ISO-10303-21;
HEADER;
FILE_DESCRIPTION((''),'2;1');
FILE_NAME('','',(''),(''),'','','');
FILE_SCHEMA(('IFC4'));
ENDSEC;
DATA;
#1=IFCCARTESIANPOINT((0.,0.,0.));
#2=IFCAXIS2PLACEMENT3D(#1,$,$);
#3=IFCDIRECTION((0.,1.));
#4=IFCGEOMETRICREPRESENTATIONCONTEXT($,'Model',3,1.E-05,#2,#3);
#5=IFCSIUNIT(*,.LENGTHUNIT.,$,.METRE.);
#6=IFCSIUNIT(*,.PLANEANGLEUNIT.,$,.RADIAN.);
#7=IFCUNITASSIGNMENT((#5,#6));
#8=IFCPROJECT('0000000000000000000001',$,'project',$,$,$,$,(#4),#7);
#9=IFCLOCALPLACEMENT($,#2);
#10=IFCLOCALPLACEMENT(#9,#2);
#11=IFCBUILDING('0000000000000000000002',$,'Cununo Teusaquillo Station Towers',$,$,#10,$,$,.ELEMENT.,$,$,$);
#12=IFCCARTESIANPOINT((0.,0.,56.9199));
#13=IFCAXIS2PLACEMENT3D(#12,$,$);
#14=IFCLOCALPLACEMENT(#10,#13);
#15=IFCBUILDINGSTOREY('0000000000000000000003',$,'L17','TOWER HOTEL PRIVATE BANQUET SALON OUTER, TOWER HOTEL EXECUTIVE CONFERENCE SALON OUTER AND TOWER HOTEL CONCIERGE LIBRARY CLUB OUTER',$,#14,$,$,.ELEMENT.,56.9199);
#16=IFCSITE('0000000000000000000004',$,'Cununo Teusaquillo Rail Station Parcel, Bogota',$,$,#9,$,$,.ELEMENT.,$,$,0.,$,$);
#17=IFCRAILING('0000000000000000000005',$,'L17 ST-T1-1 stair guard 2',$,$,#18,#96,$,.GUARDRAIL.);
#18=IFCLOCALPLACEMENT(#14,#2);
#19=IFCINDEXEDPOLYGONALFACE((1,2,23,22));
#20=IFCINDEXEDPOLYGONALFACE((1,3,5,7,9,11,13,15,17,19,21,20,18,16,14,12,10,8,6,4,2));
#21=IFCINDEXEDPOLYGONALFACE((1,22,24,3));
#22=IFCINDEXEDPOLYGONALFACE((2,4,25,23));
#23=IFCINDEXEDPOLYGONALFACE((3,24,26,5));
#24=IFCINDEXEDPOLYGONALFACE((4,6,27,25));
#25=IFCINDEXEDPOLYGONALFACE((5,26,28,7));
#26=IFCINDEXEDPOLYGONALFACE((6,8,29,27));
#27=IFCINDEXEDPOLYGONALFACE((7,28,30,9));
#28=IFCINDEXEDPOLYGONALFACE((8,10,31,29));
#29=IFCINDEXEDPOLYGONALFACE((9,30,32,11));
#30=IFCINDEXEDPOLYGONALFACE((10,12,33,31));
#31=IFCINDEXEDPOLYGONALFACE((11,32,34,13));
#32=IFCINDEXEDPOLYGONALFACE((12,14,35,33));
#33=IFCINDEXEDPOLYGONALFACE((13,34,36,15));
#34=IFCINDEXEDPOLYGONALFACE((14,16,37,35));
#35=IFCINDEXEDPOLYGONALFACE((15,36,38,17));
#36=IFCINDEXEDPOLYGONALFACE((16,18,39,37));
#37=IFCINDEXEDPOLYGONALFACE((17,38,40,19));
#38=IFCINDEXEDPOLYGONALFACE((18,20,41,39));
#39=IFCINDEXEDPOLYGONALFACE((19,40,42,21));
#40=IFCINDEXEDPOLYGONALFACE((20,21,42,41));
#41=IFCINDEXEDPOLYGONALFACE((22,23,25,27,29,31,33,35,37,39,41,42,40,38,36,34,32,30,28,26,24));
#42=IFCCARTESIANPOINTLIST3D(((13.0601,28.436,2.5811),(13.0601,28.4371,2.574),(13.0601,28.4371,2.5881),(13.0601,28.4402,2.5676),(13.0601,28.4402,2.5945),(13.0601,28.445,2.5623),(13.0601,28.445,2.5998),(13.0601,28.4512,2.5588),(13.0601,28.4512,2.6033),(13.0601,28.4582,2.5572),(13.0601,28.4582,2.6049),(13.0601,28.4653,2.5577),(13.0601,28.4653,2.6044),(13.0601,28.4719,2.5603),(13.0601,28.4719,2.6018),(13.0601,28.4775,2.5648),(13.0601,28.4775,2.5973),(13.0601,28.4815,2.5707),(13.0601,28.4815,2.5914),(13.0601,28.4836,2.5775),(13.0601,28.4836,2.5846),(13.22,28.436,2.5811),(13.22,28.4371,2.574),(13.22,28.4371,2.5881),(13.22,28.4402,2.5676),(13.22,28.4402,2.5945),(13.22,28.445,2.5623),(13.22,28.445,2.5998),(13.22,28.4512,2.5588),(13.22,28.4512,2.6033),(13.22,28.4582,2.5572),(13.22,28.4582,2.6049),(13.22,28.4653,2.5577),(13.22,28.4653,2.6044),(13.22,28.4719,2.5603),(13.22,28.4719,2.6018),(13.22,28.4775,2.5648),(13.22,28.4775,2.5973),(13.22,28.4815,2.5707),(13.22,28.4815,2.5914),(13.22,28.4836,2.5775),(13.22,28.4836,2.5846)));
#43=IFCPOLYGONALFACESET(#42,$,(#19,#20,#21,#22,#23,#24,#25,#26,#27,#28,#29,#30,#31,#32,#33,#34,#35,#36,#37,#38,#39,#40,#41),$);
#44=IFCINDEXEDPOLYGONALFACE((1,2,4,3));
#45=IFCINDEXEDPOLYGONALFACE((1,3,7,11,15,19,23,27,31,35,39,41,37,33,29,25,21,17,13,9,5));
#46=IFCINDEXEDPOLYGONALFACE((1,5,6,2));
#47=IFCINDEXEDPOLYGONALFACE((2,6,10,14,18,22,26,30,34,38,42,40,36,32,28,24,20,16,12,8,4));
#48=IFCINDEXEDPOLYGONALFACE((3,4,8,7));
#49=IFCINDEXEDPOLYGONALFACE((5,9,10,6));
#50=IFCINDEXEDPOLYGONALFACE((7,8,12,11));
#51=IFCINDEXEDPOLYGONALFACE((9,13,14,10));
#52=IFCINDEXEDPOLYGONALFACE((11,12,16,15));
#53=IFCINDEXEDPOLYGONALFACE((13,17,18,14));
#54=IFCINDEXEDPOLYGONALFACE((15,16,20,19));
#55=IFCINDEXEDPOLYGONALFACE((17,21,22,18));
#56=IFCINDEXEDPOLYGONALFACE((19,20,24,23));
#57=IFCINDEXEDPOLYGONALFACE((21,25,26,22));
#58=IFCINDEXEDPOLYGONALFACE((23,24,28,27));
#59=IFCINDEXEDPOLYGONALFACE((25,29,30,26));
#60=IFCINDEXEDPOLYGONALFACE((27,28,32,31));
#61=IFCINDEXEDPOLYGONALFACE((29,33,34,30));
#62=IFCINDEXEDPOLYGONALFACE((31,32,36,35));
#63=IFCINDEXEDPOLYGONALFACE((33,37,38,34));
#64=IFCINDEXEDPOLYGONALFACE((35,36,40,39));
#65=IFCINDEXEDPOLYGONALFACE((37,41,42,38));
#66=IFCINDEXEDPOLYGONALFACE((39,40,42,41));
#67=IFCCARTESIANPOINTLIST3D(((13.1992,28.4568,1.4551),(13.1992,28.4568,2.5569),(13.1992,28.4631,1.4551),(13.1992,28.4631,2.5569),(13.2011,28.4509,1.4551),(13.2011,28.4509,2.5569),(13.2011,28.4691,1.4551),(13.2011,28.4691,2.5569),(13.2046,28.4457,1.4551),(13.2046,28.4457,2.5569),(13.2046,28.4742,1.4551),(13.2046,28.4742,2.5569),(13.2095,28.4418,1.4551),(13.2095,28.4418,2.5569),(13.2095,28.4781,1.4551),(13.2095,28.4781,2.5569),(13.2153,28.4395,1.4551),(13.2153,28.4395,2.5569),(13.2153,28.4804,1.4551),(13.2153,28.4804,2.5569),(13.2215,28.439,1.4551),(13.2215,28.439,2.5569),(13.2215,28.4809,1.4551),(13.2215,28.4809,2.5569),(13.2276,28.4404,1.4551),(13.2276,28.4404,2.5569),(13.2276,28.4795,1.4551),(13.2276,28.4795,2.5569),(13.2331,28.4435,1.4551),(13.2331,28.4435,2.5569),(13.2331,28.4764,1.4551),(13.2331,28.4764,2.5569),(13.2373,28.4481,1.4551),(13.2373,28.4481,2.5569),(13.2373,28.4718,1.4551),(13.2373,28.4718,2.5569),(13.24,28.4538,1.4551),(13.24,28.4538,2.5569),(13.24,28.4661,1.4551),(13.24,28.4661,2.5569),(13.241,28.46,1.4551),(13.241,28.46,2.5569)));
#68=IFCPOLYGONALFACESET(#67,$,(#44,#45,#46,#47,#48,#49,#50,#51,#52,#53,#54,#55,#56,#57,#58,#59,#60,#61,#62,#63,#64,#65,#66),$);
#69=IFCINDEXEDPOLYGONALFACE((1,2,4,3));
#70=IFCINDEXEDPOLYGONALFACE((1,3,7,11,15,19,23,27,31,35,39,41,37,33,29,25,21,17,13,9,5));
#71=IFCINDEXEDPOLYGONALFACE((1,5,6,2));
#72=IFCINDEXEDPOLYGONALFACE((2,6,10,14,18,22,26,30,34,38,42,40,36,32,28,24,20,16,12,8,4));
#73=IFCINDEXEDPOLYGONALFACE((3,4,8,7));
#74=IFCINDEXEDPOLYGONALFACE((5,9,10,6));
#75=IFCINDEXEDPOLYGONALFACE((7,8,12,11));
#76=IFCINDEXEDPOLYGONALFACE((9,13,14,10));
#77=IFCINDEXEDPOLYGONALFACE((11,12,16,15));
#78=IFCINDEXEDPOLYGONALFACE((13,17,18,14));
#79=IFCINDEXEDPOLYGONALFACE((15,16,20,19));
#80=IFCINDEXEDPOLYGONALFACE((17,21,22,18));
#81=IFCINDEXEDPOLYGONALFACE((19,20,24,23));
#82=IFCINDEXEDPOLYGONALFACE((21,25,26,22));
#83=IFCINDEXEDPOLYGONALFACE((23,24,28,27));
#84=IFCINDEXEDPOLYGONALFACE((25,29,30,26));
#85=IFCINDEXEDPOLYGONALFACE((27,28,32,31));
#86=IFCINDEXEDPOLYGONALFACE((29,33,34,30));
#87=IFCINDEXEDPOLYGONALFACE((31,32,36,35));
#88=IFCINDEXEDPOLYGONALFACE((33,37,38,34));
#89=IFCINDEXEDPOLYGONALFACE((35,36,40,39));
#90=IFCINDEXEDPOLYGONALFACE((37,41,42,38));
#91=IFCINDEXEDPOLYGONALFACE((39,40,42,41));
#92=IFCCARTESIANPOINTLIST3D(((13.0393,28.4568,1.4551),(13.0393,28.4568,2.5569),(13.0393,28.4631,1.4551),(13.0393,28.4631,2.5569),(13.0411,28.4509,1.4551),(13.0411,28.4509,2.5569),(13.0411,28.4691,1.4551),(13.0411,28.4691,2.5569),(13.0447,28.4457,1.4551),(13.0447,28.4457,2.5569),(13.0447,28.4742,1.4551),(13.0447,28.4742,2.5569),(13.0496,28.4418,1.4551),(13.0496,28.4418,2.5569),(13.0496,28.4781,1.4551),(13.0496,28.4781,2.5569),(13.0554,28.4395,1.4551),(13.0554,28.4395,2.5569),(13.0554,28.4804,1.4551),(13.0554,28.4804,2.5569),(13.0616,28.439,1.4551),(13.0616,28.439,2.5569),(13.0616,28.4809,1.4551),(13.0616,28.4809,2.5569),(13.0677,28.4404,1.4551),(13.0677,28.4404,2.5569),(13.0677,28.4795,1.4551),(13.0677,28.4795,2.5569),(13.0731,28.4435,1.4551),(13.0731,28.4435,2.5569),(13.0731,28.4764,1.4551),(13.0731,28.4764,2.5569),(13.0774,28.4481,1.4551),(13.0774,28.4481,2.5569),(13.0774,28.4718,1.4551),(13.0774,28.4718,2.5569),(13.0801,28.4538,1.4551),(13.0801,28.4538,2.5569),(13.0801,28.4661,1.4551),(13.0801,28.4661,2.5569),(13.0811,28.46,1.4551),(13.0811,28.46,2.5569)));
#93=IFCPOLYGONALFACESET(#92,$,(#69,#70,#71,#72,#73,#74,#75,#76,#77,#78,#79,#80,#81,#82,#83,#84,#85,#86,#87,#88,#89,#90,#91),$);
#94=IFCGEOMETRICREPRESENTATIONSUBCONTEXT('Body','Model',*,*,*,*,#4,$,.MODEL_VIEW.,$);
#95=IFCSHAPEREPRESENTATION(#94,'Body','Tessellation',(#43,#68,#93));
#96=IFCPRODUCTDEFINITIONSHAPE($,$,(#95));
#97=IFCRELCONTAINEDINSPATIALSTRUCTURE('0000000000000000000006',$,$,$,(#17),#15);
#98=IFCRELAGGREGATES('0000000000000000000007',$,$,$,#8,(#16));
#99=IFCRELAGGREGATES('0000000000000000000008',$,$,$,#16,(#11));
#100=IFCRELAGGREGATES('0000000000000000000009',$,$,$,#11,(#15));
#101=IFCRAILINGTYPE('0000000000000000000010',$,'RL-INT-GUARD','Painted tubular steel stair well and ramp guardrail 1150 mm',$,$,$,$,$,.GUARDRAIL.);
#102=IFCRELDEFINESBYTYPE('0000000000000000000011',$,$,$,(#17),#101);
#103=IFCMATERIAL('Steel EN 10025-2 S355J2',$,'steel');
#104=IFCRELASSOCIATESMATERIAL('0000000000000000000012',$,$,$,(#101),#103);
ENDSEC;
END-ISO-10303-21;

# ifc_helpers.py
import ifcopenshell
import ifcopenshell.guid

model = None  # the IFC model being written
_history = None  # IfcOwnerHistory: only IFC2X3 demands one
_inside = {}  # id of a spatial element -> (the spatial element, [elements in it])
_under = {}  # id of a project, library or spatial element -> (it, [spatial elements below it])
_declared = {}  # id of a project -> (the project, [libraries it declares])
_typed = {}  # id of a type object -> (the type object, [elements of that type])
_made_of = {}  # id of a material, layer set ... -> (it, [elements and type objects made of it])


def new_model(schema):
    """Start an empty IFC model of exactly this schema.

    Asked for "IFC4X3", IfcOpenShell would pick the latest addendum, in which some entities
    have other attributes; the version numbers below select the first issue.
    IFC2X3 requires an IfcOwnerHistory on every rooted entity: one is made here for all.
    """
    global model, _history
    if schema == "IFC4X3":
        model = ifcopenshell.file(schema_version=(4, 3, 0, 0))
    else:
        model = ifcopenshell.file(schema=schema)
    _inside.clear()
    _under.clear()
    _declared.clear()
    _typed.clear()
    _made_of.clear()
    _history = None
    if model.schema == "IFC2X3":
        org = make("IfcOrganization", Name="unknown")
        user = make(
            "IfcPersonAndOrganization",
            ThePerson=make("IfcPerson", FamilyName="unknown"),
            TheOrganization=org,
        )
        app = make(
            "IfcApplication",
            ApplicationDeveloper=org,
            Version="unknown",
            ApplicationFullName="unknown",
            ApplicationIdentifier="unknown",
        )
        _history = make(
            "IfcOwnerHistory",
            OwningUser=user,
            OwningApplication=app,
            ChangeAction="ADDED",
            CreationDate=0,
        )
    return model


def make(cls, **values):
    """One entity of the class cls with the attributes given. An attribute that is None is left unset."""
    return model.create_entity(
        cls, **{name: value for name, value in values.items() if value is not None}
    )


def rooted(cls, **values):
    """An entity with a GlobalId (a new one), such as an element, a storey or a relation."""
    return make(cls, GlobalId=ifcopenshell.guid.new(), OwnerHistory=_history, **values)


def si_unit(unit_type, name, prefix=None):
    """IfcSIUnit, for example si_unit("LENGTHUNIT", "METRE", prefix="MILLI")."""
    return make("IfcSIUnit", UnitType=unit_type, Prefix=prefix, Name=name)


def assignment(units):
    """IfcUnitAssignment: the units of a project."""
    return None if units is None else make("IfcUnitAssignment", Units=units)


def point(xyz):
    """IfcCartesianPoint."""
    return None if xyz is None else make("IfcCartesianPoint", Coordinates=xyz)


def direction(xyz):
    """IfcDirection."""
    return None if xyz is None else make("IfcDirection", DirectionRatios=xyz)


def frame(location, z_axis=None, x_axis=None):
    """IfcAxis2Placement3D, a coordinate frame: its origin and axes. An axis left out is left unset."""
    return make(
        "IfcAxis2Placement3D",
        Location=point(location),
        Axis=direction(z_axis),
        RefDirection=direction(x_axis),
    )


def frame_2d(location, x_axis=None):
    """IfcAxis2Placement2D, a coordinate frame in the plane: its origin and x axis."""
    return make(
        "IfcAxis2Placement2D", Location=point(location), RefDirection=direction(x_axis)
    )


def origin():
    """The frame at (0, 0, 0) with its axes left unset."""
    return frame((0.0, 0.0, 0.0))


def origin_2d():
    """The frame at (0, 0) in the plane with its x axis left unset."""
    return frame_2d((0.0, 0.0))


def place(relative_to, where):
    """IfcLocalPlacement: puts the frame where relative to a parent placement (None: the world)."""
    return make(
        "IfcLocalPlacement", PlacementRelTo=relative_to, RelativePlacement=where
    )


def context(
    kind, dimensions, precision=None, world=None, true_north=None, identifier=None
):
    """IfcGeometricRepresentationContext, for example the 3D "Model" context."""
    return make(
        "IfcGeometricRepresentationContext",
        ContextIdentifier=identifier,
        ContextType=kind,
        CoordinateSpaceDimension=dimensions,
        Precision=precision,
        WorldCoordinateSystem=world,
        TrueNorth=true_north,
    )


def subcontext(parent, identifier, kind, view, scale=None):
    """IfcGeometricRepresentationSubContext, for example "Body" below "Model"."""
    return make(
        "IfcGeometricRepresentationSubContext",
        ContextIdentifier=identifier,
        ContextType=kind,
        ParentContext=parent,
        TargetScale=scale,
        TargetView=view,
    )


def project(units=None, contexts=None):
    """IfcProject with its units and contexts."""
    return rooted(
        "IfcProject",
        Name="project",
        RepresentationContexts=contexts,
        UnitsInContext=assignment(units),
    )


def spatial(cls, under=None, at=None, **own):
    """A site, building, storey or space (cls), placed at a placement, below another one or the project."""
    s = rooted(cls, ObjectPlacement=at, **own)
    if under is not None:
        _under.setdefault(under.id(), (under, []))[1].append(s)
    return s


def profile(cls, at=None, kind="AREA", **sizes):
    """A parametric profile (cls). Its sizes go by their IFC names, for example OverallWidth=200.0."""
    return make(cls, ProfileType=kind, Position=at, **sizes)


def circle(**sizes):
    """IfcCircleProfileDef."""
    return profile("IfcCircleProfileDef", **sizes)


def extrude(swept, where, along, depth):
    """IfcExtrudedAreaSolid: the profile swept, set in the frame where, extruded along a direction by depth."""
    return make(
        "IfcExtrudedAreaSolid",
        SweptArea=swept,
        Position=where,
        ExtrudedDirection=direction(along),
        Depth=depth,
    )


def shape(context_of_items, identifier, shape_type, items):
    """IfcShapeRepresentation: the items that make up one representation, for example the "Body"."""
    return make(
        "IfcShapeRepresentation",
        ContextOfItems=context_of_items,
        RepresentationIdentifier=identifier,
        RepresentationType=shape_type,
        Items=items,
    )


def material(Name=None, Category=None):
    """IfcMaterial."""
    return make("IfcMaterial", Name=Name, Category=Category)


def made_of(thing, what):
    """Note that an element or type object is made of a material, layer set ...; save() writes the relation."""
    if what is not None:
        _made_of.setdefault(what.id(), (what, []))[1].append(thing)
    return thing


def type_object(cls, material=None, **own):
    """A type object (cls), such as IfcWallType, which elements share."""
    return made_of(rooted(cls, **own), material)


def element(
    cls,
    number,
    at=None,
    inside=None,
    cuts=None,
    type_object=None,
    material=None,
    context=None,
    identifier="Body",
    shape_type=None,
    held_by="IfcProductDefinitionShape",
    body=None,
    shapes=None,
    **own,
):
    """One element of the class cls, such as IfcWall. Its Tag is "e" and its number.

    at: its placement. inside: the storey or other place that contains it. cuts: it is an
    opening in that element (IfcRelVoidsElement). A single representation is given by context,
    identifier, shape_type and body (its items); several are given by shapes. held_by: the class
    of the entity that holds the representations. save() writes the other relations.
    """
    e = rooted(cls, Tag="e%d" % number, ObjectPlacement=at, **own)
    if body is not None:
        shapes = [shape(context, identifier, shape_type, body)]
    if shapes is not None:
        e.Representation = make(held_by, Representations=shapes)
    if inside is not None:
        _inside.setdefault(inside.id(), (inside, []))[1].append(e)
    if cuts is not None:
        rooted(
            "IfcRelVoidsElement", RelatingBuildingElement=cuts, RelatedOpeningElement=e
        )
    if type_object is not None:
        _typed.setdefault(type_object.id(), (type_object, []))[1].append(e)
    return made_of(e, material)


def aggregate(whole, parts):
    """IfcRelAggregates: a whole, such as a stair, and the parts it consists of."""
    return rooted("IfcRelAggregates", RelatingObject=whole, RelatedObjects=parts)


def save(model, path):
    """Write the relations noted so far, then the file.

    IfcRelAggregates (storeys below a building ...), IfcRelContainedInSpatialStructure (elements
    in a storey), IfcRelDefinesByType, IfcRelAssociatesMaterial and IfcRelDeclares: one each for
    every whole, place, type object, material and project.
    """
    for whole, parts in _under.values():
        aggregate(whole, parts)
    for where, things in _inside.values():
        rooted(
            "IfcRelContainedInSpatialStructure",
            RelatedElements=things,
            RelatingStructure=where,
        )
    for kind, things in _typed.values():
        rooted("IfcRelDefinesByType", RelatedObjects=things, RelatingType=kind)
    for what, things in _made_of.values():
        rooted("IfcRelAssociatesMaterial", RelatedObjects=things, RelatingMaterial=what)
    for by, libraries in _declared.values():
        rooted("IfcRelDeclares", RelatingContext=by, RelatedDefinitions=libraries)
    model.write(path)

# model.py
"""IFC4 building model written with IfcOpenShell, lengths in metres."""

from ifc_helpers import new_model, si_unit, direction, frame, origin, origin_2d, place, context, subcontext, project, spatial, circle, extrude, material, type_object, element, save


model = new_model("IFC4")

# Units and contexts
model_context = context("Model", 3, precision=1e-05, world=origin(), true_north=direction((0.0, 1.0)))
body_context = subcontext(model_context, "Body", "Model", "MODEL_VIEW")
ifc_project = project(units=[si_unit("LENGTHUNIT", "METRE"), si_unit("PLANEANGLEUNIT", "RADIAN")], contexts=[model_context])

# Site, building, storey
site_placement = place(None, origin())
site = spatial("IfcSite", under=ifc_project, at=site_placement, Name="Cununo Teusaquillo Rail Station Parcel, Bogota", CompositionType="ELEMENT", RefElevation=0.0)
building_placement = place(site_placement, origin())
building = spatial("IfcBuilding", under=site, at=building_placement, Name="Cununo Teusaquillo Station Towers", CompositionType="ELEMENT")
storey_placement = place(building_placement, frame((0.0, 0.0, 56.9199)))
storey = spatial("IfcBuildingStorey", under=building, at=storey_placement, Name="L17", Description="TOWER HOTEL PRIVATE BANQUET SALON OUTER, TOWER HOTEL EXECUTIVE CONFERENCE SALON OUTER AND TOWER HOTEL CONCIERGE LIBRARY CLUB OUTER", CompositionType="ELEMENT", Elevation=56.9199)

# Railing
ifc_material_1 = material(Name="Steel EN 10025-2 S355J2", Category="steel")
railing_type_1 = type_object("IfcRailingType", Name="RL-INT-GUARD", Description="Painted tubular steel stair well and ramp guardrail 1150 mm", PredefinedType="GUARDRAIL", material=ifc_material_1)
railing_1_placement = place(storey_placement, frame((13.22, 28.46, 1.4551)))
element("IfcRailing", 1, at=railing_1_placement, inside=storey, type_object=railing_type_1, Name="L17 ST-T1-1 stair guard 2", PredefinedType="GUARDRAIL", context=body_context, shape_type="SweptSolid", body=[
    extrude(circle(Radius=0.0239, at=origin_2d()), frame((0.0, 0.0, 1.126), z_axis=(-1.0, 0.0, 0.0), x_axis=(0.0, -1.0, 0.0)), (0.0, 0.0, 1.0), 0.1599),
    extrude(circle(Radius=0.021, at=origin_2d()), origin(), (0.0, 0.0, 1.0), 1.1018),
    extrude(circle(Radius=0.021, at=origin_2d()), frame((-0.1599, 0.0, 0.0)), (0.0, 0.0, 1.0), 1.1018),
])

save(model, "model.ifc")
